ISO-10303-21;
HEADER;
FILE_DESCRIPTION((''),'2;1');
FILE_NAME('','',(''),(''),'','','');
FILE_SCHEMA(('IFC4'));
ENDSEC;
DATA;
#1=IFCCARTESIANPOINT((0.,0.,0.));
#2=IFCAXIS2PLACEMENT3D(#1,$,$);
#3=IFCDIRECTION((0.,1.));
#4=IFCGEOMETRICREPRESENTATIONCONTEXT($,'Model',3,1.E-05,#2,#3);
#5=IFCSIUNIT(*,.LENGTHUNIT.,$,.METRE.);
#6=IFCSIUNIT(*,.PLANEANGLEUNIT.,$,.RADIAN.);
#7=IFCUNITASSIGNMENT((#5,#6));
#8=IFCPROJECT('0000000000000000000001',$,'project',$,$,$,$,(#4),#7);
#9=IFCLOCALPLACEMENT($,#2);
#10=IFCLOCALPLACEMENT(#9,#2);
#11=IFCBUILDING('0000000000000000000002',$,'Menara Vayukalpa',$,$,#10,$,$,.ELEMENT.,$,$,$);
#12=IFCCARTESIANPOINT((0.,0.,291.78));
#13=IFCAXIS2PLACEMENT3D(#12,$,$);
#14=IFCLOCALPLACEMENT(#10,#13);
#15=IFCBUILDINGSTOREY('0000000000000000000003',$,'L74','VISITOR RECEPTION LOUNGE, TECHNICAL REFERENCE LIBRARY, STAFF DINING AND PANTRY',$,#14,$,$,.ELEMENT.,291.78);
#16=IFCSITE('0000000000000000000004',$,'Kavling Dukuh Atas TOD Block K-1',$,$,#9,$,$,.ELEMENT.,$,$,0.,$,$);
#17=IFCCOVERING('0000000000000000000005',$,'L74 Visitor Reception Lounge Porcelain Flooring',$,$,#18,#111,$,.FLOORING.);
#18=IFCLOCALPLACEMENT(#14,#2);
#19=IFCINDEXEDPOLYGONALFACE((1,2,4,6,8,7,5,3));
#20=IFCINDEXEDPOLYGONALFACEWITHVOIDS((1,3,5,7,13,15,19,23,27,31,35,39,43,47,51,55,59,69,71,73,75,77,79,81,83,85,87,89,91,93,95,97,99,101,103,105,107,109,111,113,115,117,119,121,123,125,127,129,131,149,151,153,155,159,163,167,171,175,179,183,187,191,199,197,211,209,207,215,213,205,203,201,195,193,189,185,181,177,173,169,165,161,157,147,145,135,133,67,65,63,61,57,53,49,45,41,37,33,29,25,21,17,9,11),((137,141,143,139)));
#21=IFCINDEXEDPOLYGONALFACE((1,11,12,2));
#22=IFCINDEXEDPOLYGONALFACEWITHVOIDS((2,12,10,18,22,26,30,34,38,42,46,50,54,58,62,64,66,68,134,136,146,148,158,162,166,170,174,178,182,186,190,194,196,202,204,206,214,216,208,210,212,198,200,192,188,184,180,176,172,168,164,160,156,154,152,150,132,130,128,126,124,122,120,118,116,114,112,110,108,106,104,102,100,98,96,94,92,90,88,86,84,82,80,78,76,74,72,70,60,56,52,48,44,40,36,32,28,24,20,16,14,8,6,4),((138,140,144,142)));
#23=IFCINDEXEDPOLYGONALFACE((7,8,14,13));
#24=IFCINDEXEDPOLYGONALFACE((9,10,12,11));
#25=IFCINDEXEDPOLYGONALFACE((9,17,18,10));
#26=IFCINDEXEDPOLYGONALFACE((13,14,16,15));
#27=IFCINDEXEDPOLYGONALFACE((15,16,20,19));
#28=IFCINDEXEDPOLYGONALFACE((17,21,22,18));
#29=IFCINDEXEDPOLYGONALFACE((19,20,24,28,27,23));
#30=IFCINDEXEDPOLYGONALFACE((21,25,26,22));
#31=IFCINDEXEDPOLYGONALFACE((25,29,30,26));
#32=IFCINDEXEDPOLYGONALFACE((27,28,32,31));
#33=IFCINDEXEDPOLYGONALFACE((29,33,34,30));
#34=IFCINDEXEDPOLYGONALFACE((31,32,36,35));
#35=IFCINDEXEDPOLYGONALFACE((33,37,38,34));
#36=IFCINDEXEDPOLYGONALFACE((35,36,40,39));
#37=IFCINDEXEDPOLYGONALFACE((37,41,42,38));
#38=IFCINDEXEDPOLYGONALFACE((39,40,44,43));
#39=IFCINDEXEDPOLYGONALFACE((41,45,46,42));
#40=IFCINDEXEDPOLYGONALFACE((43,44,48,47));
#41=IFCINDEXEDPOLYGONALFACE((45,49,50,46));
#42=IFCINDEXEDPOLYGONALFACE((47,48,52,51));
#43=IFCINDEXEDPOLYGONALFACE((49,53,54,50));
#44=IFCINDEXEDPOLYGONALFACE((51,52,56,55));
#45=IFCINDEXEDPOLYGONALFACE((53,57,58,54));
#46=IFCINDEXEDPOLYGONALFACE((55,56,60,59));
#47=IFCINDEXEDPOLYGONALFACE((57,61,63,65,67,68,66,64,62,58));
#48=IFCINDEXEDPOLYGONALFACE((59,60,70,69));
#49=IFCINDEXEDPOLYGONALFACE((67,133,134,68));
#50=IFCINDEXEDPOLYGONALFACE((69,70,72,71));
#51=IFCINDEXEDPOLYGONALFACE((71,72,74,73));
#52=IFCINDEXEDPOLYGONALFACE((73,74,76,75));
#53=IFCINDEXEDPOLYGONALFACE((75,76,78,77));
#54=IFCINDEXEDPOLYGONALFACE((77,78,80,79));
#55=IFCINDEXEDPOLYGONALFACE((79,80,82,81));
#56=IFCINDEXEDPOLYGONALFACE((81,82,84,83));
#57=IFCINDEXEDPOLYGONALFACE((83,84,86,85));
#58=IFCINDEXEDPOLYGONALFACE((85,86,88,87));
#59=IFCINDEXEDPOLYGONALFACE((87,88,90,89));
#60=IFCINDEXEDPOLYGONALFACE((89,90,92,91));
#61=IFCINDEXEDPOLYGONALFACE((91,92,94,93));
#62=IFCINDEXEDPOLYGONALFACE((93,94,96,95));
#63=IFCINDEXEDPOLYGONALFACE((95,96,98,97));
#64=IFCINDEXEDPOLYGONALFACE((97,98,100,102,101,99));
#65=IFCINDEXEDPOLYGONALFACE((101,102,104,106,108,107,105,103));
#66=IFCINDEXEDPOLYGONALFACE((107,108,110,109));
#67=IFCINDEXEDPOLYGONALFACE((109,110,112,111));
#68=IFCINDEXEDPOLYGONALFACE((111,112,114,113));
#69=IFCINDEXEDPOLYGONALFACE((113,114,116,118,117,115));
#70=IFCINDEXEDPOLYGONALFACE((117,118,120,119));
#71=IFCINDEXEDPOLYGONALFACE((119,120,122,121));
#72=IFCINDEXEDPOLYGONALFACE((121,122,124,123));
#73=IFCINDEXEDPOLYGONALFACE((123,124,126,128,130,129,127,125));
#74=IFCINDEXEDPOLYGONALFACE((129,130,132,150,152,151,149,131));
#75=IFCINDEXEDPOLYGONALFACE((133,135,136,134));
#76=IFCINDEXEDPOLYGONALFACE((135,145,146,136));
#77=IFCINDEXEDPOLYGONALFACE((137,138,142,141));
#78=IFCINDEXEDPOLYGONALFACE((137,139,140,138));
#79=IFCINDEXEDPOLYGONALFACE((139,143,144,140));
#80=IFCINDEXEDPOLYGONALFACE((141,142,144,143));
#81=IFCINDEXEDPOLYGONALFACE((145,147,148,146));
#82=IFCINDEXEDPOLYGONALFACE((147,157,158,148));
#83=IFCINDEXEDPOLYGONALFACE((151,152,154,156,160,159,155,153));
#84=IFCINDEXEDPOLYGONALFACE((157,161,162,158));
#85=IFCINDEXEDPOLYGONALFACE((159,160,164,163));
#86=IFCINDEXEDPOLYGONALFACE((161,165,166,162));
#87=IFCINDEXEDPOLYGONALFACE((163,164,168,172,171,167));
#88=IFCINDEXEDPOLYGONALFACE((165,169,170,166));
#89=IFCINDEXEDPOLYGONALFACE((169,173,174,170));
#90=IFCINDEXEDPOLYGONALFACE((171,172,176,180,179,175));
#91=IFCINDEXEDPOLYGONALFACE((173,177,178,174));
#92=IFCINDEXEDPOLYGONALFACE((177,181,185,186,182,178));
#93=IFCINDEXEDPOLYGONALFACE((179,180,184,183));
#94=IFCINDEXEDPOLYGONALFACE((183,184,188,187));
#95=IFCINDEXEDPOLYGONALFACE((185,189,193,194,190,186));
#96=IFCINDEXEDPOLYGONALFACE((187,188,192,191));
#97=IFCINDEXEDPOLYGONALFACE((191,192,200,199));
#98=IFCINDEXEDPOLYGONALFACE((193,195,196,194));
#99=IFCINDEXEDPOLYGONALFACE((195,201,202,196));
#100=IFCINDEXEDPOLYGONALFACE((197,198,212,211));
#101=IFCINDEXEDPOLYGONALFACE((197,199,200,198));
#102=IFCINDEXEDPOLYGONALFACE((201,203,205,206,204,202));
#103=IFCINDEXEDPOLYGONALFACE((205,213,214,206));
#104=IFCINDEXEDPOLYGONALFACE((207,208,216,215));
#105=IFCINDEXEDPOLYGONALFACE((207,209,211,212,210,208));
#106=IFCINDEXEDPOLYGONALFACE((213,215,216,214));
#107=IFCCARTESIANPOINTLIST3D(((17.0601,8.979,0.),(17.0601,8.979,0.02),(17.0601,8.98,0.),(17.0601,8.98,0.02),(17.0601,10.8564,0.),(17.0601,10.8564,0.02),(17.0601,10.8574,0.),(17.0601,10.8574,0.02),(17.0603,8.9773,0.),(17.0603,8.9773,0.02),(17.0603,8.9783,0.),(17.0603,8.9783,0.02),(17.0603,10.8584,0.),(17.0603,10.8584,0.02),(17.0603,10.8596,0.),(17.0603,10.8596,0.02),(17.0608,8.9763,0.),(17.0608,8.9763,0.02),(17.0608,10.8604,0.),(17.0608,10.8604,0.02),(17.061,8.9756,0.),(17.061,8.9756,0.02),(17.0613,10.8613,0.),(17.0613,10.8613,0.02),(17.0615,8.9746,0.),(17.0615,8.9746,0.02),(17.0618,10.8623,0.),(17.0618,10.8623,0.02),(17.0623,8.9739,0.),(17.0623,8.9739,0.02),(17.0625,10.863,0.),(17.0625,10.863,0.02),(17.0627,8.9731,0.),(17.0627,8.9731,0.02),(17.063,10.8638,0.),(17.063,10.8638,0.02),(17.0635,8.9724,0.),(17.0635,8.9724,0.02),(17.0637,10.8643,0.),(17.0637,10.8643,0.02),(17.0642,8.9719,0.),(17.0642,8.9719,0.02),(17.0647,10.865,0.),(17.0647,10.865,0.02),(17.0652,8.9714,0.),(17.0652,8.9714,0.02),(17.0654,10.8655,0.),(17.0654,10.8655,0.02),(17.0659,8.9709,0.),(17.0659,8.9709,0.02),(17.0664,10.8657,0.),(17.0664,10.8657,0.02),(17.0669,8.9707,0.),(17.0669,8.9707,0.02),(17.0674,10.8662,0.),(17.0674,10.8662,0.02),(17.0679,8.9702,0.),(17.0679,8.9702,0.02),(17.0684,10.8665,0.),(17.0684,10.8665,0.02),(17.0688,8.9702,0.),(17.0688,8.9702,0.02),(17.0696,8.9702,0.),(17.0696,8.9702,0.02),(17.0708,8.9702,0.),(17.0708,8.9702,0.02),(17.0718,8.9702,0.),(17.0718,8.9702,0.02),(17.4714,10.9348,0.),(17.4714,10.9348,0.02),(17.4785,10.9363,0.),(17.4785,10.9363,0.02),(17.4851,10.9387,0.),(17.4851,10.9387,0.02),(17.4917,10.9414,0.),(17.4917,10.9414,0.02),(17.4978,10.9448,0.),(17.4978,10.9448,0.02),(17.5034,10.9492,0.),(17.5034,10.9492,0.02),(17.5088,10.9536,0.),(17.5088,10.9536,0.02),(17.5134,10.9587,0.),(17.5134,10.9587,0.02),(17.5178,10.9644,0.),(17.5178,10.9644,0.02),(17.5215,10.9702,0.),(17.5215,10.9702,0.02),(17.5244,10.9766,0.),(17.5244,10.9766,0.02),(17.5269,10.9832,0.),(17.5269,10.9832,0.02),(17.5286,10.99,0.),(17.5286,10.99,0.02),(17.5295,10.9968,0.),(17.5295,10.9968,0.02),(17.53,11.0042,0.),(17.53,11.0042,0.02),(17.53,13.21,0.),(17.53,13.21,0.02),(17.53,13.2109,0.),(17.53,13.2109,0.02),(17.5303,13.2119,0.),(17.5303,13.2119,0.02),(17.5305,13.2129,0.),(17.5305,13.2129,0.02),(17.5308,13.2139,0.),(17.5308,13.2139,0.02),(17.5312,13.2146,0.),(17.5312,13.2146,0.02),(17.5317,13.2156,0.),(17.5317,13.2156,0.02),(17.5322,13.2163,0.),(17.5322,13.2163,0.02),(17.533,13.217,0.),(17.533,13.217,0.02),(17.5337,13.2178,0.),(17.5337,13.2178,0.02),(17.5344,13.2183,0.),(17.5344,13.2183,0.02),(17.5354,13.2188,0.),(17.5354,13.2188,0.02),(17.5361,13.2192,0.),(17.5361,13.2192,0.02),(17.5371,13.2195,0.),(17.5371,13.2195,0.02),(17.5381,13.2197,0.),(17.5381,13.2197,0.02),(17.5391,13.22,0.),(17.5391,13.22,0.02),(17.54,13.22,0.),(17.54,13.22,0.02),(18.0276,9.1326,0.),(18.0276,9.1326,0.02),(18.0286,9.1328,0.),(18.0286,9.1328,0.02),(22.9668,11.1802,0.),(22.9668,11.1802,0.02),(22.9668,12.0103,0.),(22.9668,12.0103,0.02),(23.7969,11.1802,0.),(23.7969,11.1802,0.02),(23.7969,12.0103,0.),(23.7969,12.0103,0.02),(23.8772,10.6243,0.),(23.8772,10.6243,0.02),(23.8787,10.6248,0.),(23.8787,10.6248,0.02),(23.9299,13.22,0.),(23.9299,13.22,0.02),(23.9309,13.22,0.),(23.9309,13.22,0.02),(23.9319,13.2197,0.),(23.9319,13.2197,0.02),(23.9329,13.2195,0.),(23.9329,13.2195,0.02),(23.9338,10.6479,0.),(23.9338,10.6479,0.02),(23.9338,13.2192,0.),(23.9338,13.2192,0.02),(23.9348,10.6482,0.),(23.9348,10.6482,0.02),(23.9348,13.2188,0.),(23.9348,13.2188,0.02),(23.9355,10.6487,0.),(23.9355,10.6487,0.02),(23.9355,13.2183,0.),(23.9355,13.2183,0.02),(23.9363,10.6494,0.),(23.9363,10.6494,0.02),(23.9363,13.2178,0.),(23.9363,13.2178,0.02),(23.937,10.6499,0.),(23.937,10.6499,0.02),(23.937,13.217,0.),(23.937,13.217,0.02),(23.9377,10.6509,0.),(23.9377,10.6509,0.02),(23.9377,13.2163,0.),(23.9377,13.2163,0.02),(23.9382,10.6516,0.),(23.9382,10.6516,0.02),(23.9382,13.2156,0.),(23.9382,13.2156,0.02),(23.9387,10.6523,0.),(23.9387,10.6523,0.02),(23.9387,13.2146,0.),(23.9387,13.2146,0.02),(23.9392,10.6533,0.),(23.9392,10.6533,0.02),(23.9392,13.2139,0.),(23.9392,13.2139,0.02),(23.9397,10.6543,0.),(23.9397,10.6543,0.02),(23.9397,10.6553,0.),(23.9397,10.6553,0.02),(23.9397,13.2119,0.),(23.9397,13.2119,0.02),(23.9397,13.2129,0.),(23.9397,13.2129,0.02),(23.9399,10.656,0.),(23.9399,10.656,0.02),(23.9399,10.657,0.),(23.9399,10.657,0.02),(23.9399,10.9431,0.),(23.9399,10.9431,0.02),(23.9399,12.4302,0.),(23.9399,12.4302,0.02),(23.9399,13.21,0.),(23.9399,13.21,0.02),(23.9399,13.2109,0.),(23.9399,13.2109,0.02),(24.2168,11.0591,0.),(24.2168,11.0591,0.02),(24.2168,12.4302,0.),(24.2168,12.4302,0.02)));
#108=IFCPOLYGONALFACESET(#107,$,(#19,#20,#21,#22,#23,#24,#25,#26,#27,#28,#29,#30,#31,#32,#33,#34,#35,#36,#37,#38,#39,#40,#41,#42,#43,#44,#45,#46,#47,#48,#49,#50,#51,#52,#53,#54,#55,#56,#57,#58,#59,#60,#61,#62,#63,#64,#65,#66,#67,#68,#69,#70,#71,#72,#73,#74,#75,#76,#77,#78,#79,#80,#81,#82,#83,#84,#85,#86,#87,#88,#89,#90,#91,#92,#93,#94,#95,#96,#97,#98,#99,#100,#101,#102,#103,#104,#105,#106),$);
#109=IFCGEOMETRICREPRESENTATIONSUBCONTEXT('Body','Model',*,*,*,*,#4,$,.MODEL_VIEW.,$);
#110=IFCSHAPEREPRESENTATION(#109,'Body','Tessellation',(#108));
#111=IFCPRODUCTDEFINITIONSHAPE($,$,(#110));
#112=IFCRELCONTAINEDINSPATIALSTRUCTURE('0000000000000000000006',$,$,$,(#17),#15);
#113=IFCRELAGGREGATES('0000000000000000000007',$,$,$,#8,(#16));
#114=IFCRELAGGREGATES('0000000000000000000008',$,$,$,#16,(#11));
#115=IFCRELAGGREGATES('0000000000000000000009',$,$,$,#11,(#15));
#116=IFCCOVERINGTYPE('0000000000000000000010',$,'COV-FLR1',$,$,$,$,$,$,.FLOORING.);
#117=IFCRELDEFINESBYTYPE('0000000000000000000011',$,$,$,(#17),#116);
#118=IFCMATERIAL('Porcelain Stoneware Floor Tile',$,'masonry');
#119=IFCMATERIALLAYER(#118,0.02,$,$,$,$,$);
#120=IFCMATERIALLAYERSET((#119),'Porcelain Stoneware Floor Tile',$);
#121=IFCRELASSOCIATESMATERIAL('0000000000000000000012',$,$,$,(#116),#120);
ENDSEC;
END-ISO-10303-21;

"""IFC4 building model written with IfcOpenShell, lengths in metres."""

from ifc_helpers import new_model, si_unit, direction, frame, origin, place, context, subcontext, project, spatial, polyline, outline, extrude, material, layer, layer_set, type_object, element, save


model = new_model("IFC4")

# Units and contexts
model_context = context("Model", 3, precision=1e-05, world=origin(), true_north=direction((0.0, 1.0)))
body_context = subcontext(model_context, "Body", "Model", "MODEL_VIEW")
ifc_project = project(units=[si_unit("LENGTHUNIT", "METRE"), si_unit("PLANEANGLEUNIT", "RADIAN")], contexts=[model_context])

# Site, building, storey
site_placement = place(None, origin())
site = spatial("IfcSite", under=ifc_project, at=site_placement, Name="Kavling Dukuh Atas TOD Block K-1", CompositionType="ELEMENT", RefElevation=0.0)
building_placement = place(site_placement, origin())
building = spatial("IfcBuilding", under=site, at=building_placement, Name="Menara Vayukalpa", CompositionType="ELEMENT")
storey_placement = place(building_placement, frame((0.0, 0.0, 291.78)))
storey = spatial("IfcBuildingStorey", under=building, at=storey_placement, Name="L74", Description="VISITOR RECEPTION LOUNGE, TECHNICAL REFERENCE LIBRARY, STAFF DINING AND PANTRY", CompositionType="ELEMENT", Elevation=291.78)

# Covering
ifc_material_1 = material(Name="Porcelain Stoneware Floor Tile", Category="masonry")
ifc_layer_1 = layer(ifc_material_1, 0.02)
ifc_layer_set_1 = layer_set([ifc_layer_1], Name="Porcelain Stoneware Floor Tile")
covering_type_1 = type_object("IfcCoveringType", Name="COV-FLR1", PredefinedType="FLOORING", material=ifc_layer_set_1)
covering_1_placement = place(storey_placement, origin())
element("IfcCovering", 1, at=covering_1_placement, inside=storey, type_object=covering_type_1, Name="L74 Visitor Reception Lounge Porcelain Flooring", PredefinedType="FLOORING", context=body_context, shape_type="SweptSolid", body=[
    extrude(outline(polyline([(18.0286, 9.1328), (18.0276, 9.1326), (17.0718, 8.9702), (17.0708, 8.9702), (17.0696, 8.9702), (17.0688, 8.9702), (17.0679, 8.9702), (17.0669, 8.9707), (17.0659, 8.9709), (17.0652, 8.9714), (17.0642, 8.9719), (17.0635, 8.9724), (17.0627, 8.9731), (17.0623, 8.9739), (17.0615, 8.9746), (17.061, 8.9756), (17.0608, 8.9763), (17.0603, 8.9773), (17.0603, 8.9783), (17.0601, 8.979), (17.0601, 8.98), (17.0601, 10.8564), (17.0601, 10.8574), (17.0603, 10.8584), (17.0603, 10.8596), (17.0608, 10.8604), (17.0613, 10.8613), (17.0618, 10.8623), (17.0625, 10.863), (17.063, 10.8638), (17.0637, 10.8643), (17.0647, 10.865), (17.0654, 10.8655), (17.0664, 10.8657), (17.0674, 10.8662), (17.0684, 10.8665), (17.4714, 10.9348), (17.4785, 10.9363), (17.4851, 10.9387), (17.4917, 10.9414), (17.4978, 10.9448), (17.5034, 10.9492), (17.5088, 10.9536), (17.5134, 10.9587), (17.5178, 10.9644), (17.5215, 10.9702), (17.5244, 10.9766), (17.5269, 10.9832), (17.5286, 10.99), (17.5295, 10.9968), (17.53, 11.0042), (17.53, 13.21), (17.53, 13.2109), (17.5303, 13.2119), (17.5305, 13.2129), (17.5308, 13.2139), (17.5312, 13.2146), (17.5317, 13.2156), (17.5322, 13.2163), (17.533, 13.217), (17.5337, 13.2178), (17.5344, 13.2183), (17.5354, 13.2188), (17.5361, 13.2192), (17.5371, 13.2195), (17.5381, 13.2197), (17.5391, 13.22), (17.54, 13.22), (23.9299, 13.22), (23.9309, 13.22), (23.9319, 13.2197), (23.9329, 13.2195), (23.9338, 13.2192), (23.9348, 13.2188), (23.9355, 13.2183), (23.9363, 13.2178), (23.937, 13.217), (23.9377, 13.2163), (23.9382, 13.2156), (23.9387, 13.2146), (23.9392, 13.2139), (23.9397, 13.2129), (23.9397, 13.2119), (23.9399, 13.2109), (23.9399, 13.21), (23.9399, 12.4302), (24.2168, 12.4302), (24.2168, 11.0591), (23.9399, 10.9431), (23.9399, 10.657), (23.9399, 10.656), (23.9397, 10.6553), (23.9397, 10.6543), (23.9392, 10.6533), (23.9387, 10.6523), (23.9382, 10.6516), (23.9377, 10.6509), (23.937, 10.6499), (23.9363, 10.6494), (23.9355, 10.6487), (23.9348, 10.6482), (23.9338, 10.6479), (23.8787, 10.6248), (23.8772, 10.6243), (18.0286, 9.1328)]), holes=[polyline([(23.7969, 12.0103), (22.9668, 12.0103), (22.9668, 11.1802), (23.7969, 11.1802), (23.7969, 12.0103)])]), origin(), (0.0, 0.0, 1.0), 0.02),
])

save(model, "model.ifc")
